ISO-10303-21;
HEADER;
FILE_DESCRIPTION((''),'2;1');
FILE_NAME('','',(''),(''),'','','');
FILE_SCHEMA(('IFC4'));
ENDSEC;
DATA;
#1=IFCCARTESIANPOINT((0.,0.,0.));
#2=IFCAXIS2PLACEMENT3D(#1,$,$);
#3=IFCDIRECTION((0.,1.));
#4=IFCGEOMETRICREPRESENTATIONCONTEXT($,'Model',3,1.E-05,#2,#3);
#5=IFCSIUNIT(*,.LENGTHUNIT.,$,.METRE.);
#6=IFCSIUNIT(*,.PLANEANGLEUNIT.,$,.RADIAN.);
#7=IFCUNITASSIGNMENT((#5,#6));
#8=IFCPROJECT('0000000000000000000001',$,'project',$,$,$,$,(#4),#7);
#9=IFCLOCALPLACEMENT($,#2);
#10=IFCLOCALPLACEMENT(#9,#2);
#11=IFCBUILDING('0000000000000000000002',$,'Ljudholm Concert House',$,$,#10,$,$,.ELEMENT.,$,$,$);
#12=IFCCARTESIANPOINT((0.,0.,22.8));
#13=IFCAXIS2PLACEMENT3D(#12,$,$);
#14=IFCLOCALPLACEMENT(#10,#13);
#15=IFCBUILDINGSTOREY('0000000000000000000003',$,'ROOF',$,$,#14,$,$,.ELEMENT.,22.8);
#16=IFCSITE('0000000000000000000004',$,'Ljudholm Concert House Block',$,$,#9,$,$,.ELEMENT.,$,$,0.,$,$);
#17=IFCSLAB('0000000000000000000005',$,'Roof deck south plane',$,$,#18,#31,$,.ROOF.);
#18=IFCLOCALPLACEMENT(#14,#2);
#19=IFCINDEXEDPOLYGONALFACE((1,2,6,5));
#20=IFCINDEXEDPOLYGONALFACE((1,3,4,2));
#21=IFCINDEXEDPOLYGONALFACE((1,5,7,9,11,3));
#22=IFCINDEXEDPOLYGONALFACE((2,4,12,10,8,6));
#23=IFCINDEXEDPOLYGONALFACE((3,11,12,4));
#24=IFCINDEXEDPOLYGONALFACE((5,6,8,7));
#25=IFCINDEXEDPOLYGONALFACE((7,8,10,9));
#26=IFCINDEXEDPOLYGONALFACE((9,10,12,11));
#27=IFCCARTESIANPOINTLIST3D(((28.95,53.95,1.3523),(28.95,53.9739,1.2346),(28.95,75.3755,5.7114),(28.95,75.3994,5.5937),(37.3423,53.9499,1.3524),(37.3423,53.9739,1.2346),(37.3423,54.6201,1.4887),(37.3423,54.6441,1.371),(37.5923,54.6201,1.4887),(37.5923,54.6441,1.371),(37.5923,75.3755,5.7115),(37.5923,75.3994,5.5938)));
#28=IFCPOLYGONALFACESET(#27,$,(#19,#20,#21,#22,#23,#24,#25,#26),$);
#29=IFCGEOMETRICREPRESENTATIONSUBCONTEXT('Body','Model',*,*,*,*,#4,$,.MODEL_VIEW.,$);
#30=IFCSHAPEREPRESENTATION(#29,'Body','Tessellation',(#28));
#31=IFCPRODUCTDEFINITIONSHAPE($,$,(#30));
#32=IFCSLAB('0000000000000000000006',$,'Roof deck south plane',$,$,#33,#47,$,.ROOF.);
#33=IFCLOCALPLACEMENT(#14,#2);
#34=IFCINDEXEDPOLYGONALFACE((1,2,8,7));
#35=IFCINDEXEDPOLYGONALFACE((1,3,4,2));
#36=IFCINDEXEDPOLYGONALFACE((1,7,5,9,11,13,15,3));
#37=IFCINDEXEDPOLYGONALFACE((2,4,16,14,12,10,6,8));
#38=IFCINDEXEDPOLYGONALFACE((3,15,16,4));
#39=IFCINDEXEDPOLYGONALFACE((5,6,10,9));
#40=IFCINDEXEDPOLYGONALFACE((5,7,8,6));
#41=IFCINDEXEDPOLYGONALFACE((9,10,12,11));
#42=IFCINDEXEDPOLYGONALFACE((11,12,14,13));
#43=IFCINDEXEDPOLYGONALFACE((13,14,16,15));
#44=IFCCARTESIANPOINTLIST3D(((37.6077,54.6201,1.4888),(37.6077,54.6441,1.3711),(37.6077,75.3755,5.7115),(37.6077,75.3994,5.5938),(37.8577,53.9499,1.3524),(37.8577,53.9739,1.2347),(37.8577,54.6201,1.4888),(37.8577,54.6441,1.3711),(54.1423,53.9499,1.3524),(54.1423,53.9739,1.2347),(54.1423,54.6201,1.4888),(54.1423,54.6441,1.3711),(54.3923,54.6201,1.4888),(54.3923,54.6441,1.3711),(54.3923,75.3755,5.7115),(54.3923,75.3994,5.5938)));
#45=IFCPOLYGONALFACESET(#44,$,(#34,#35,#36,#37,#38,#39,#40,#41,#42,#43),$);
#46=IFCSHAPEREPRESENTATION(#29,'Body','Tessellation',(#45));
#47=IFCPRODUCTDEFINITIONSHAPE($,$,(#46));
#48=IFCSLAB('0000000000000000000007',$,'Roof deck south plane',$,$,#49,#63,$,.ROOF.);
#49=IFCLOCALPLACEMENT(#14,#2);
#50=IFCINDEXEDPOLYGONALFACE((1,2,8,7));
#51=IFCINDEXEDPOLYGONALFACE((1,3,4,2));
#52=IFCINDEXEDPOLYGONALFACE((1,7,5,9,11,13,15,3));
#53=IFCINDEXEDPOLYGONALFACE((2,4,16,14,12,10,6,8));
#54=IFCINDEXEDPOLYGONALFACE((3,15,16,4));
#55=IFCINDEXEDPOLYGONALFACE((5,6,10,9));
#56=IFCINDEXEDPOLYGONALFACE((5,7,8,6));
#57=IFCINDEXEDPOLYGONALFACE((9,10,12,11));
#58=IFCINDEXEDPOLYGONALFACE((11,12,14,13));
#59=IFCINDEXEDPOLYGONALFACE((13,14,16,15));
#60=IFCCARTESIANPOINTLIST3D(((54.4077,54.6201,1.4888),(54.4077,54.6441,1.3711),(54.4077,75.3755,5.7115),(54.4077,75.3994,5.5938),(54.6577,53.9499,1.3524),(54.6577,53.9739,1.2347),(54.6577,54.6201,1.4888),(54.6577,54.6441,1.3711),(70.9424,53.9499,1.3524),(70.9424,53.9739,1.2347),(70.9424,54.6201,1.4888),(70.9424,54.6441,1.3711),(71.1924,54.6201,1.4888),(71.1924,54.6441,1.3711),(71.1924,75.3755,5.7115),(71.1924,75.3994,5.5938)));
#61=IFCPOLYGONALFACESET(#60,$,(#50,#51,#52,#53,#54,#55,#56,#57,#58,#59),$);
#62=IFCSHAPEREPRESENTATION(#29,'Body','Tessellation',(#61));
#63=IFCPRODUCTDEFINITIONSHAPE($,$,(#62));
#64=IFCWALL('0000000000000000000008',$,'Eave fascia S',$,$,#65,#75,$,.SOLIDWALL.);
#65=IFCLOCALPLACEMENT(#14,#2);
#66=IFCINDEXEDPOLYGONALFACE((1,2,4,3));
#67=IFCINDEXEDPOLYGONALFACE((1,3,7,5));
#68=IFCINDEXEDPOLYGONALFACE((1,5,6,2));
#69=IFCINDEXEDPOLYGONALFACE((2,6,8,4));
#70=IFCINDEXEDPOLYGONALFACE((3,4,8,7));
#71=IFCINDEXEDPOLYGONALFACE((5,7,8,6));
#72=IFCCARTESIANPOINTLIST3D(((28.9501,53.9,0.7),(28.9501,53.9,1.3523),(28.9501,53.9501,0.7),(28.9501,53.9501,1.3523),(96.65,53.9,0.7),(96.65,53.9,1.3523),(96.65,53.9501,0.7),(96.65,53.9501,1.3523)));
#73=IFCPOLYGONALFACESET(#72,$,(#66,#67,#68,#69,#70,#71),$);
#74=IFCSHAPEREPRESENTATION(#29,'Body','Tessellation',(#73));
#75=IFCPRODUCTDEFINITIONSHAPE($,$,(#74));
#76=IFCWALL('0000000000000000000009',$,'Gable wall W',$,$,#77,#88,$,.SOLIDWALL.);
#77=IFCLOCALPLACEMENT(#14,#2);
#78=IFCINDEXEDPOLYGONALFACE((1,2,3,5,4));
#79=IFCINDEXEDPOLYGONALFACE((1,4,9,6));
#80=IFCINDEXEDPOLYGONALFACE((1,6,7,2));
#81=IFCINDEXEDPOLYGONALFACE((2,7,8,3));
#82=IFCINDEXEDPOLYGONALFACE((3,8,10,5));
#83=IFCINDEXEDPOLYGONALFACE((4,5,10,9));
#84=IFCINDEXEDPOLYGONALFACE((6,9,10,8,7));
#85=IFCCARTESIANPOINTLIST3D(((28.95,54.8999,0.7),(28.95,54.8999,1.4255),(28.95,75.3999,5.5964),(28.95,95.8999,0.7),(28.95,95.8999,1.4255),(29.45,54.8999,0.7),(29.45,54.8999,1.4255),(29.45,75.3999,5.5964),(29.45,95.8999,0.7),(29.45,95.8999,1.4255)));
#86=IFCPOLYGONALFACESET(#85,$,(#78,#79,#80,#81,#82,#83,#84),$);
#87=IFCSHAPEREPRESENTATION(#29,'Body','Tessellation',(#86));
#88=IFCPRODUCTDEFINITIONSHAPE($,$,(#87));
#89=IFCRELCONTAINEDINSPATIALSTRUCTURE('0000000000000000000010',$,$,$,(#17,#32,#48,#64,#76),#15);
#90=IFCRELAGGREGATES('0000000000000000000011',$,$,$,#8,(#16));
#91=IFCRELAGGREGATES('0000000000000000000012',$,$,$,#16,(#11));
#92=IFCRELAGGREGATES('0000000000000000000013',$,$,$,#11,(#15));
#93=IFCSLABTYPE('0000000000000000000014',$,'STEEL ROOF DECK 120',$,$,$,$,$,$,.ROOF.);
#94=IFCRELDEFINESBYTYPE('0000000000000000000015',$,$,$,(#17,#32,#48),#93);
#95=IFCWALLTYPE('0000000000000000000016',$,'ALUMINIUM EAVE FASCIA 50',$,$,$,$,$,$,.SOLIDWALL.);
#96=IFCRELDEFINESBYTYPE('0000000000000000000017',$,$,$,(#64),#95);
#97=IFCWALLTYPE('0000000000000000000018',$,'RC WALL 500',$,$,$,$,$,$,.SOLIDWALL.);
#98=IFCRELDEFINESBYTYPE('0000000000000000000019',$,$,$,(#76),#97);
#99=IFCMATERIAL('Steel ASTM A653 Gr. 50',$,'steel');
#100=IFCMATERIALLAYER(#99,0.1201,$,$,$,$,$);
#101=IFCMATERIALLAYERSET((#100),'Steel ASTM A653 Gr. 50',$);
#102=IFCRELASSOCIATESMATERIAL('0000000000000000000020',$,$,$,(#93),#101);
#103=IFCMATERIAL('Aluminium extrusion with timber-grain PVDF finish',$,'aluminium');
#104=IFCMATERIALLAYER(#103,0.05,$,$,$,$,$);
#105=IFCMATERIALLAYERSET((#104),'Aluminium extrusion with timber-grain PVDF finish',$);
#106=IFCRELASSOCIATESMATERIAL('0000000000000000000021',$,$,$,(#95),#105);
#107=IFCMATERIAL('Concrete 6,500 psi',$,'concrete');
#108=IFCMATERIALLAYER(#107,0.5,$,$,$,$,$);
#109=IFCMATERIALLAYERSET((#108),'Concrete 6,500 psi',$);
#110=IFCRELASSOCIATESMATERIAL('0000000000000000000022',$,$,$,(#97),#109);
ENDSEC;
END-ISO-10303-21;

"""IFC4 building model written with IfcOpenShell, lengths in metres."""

from ifc_helpers import new_model, si_unit, direction, frame, frame_2d, origin, place, context, subcontext, project, spatial, polyline, rectangle, outline, extrude, material, layer, layer_set, type_object, element, save


model = new_model("IFC4")

# Units and contexts
model_context = context("Model", 3, precision=1e-05, world=origin(), true_north=direction((0.0, 1.0)))
body_context = subcontext(model_context, "Body", "Model", "MODEL_VIEW")
ifc_project = project(units=[si_unit("LENGTHUNIT", "METRE"), si_unit("PLANEANGLEUNIT", "RADIAN")], contexts=[model_context])

# Site, building, storey
site_placement = place(None, origin())
site = spatial("IfcSite", under=ifc_project, at=site_placement, Name="Ljudholm Concert House Block", CompositionType="ELEMENT", RefElevation=0.0)
building_placement = place(site_placement, origin())
building = spatial("IfcBuilding", under=site, at=building_placement, Name="Ljudholm Concert House", CompositionType="ELEMENT")
storey_placement = place(building_placement, frame((0.0, 0.0, 22.8)))
storey = spatial("IfcBuildingStorey", under=building, at=storey_placement, Name="ROOF", CompositionType="ELEMENT", Elevation=22.8)

# Slabs
ifc_material_1 = material(Name="Steel ASTM A653 Gr. 50", Category="steel")
ifc_layer_1 = layer(ifc_material_1, 0.1201)
ifc_layer_set_1 = layer_set([ifc_layer_1], Name="Steel ASTM A653 Gr. 50")
slab_type_1 = type_object("IfcSlabType", Name="STEEL ROOF DECK 120", PredefinedType="ROOF", material=ifc_layer_set_1)
slab_1_placement = place(storey_placement, frame((28.95, 53.95, 1.3523), z_axis=(-0.000007, -0.19937, 0.979924), x_axis=(1.0, -0.000001, 0.000007)))
element("IfcSlab", 1, at=slab_1_placement, inside=storey, type_object=slab_type_1, Name="Roof deck south plane", PredefinedType="ROOF", context=body_context, shape_type="SweptSolid", body=[
    extrude(outline(polyline([(0.0, 0.0), (8.3923, 0.0), (8.3923, 0.6839), (8.6423, 0.6839), (8.6423, 21.8645), (0.0, 21.8645), (0.0, 0.0)])), origin(), (0.0, 0.0, -1.0), 0.1201),
])
for number, where, z_axis, x_axis, name in (
    (2, (37.6077, 54.6201, 1.4888), (0.0, -0.19937, 0.979924), (1.0, 0.0, 0.0), "Roof deck south plane"),
    (3, (54.4077, 54.6201, 1.4888), (0.0, -0.19937, 0.979924), (1.0, 0.0, 0.0), "Roof deck south plane"),
):
    element("IfcSlab", number, at=place(storey_placement, frame(where, z_axis=z_axis, x_axis=x_axis)), inside=storey, type_object=slab_type_1, Name=name, PredefinedType="ROOF", context=body_context, shape_type="SweptSolid", body=[
        extrude(outline(polyline([(0.0, 0.0), (0.25, 0.0), (0.25, -0.6839), (16.5347, -0.6839), (16.5347, 0.0), (16.7847, 0.0), (16.7847, 21.1806), (0.0, 21.1806), (0.0, 0.0)])), origin(), (0.0, 0.0, -1.0), 0.1201),
    ])

# Walls
ifc_material_2 = material(Name="Aluminium extrusion with timber-grain PVDF finish", Category="aluminium")
ifc_layer_2 = layer(ifc_material_2, 0.05)
ifc_layer_set_2 = layer_set([ifc_layer_2], Name="Aluminium extrusion with timber-grain PVDF finish")
wall_type_1 = type_object("IfcWallType", Name="ALUMINIUM EAVE FASCIA 50", PredefinedType="SOLIDWALL", material=ifc_layer_set_2)
wall_1_placement = place(storey_placement, frame((28.95, 53.925, 0.7), z_axis=(0.0, 0.0, 1.0), x_axis=(1.0, 0.0, 0.0)))
element("IfcWall", 4, at=wall_1_placement, inside=storey, type_object=wall_type_1, Name="Eave fascia S", PredefinedType="SOLIDWALL", context=body_context, shape_type="SweptSolid", body=[
    extrude(rectangle(XDim=67.7, YDim=0.05, at=frame_2d((33.8501, 0.0))), origin(), (0.0, 0.0, 1.0), 0.6523),
])
ifc_material_3 = material(Name="Concrete 6,500 psi", Category="concrete")
ifc_layer_3 = layer(ifc_material_3, 0.5)
ifc_layer_set_3 = layer_set([ifc_layer_3], Name="Concrete 6,500 psi")
wall_type_2 = type_object("IfcWallType", Name="RC WALL 500", PredefinedType="SOLIDWALL", material=ifc_layer_set_3)
wall_2_placement = place(storey_placement, frame((29.2, 54.8999, 0.7), z_axis=(0.0, 0.0, 1.0), x_axis=(0.0, 1.0, 0.0)))
element("IfcWall", 5, at=wall_2_placement, inside=storey, type_object=wall_type_2, Name="Gable wall W", PredefinedType="SOLIDWALL", context=body_context, shape_type="SweptSolid", body=[
    extrude(outline(polyline([(0.0, 0.0), (41.0, 0.0), (41.0, 0.7256), (20.5, 4.8965), (0.0, 0.7256), (0.0, 0.0)])), frame((0.0, 0.25, 0.0), z_axis=(0.0, -1.0, 0.0), x_axis=(1.0, 0.0, 0.0)), (0.0, 0.0, 1.0), 0.5),
])

save(model, "model.ifc")
